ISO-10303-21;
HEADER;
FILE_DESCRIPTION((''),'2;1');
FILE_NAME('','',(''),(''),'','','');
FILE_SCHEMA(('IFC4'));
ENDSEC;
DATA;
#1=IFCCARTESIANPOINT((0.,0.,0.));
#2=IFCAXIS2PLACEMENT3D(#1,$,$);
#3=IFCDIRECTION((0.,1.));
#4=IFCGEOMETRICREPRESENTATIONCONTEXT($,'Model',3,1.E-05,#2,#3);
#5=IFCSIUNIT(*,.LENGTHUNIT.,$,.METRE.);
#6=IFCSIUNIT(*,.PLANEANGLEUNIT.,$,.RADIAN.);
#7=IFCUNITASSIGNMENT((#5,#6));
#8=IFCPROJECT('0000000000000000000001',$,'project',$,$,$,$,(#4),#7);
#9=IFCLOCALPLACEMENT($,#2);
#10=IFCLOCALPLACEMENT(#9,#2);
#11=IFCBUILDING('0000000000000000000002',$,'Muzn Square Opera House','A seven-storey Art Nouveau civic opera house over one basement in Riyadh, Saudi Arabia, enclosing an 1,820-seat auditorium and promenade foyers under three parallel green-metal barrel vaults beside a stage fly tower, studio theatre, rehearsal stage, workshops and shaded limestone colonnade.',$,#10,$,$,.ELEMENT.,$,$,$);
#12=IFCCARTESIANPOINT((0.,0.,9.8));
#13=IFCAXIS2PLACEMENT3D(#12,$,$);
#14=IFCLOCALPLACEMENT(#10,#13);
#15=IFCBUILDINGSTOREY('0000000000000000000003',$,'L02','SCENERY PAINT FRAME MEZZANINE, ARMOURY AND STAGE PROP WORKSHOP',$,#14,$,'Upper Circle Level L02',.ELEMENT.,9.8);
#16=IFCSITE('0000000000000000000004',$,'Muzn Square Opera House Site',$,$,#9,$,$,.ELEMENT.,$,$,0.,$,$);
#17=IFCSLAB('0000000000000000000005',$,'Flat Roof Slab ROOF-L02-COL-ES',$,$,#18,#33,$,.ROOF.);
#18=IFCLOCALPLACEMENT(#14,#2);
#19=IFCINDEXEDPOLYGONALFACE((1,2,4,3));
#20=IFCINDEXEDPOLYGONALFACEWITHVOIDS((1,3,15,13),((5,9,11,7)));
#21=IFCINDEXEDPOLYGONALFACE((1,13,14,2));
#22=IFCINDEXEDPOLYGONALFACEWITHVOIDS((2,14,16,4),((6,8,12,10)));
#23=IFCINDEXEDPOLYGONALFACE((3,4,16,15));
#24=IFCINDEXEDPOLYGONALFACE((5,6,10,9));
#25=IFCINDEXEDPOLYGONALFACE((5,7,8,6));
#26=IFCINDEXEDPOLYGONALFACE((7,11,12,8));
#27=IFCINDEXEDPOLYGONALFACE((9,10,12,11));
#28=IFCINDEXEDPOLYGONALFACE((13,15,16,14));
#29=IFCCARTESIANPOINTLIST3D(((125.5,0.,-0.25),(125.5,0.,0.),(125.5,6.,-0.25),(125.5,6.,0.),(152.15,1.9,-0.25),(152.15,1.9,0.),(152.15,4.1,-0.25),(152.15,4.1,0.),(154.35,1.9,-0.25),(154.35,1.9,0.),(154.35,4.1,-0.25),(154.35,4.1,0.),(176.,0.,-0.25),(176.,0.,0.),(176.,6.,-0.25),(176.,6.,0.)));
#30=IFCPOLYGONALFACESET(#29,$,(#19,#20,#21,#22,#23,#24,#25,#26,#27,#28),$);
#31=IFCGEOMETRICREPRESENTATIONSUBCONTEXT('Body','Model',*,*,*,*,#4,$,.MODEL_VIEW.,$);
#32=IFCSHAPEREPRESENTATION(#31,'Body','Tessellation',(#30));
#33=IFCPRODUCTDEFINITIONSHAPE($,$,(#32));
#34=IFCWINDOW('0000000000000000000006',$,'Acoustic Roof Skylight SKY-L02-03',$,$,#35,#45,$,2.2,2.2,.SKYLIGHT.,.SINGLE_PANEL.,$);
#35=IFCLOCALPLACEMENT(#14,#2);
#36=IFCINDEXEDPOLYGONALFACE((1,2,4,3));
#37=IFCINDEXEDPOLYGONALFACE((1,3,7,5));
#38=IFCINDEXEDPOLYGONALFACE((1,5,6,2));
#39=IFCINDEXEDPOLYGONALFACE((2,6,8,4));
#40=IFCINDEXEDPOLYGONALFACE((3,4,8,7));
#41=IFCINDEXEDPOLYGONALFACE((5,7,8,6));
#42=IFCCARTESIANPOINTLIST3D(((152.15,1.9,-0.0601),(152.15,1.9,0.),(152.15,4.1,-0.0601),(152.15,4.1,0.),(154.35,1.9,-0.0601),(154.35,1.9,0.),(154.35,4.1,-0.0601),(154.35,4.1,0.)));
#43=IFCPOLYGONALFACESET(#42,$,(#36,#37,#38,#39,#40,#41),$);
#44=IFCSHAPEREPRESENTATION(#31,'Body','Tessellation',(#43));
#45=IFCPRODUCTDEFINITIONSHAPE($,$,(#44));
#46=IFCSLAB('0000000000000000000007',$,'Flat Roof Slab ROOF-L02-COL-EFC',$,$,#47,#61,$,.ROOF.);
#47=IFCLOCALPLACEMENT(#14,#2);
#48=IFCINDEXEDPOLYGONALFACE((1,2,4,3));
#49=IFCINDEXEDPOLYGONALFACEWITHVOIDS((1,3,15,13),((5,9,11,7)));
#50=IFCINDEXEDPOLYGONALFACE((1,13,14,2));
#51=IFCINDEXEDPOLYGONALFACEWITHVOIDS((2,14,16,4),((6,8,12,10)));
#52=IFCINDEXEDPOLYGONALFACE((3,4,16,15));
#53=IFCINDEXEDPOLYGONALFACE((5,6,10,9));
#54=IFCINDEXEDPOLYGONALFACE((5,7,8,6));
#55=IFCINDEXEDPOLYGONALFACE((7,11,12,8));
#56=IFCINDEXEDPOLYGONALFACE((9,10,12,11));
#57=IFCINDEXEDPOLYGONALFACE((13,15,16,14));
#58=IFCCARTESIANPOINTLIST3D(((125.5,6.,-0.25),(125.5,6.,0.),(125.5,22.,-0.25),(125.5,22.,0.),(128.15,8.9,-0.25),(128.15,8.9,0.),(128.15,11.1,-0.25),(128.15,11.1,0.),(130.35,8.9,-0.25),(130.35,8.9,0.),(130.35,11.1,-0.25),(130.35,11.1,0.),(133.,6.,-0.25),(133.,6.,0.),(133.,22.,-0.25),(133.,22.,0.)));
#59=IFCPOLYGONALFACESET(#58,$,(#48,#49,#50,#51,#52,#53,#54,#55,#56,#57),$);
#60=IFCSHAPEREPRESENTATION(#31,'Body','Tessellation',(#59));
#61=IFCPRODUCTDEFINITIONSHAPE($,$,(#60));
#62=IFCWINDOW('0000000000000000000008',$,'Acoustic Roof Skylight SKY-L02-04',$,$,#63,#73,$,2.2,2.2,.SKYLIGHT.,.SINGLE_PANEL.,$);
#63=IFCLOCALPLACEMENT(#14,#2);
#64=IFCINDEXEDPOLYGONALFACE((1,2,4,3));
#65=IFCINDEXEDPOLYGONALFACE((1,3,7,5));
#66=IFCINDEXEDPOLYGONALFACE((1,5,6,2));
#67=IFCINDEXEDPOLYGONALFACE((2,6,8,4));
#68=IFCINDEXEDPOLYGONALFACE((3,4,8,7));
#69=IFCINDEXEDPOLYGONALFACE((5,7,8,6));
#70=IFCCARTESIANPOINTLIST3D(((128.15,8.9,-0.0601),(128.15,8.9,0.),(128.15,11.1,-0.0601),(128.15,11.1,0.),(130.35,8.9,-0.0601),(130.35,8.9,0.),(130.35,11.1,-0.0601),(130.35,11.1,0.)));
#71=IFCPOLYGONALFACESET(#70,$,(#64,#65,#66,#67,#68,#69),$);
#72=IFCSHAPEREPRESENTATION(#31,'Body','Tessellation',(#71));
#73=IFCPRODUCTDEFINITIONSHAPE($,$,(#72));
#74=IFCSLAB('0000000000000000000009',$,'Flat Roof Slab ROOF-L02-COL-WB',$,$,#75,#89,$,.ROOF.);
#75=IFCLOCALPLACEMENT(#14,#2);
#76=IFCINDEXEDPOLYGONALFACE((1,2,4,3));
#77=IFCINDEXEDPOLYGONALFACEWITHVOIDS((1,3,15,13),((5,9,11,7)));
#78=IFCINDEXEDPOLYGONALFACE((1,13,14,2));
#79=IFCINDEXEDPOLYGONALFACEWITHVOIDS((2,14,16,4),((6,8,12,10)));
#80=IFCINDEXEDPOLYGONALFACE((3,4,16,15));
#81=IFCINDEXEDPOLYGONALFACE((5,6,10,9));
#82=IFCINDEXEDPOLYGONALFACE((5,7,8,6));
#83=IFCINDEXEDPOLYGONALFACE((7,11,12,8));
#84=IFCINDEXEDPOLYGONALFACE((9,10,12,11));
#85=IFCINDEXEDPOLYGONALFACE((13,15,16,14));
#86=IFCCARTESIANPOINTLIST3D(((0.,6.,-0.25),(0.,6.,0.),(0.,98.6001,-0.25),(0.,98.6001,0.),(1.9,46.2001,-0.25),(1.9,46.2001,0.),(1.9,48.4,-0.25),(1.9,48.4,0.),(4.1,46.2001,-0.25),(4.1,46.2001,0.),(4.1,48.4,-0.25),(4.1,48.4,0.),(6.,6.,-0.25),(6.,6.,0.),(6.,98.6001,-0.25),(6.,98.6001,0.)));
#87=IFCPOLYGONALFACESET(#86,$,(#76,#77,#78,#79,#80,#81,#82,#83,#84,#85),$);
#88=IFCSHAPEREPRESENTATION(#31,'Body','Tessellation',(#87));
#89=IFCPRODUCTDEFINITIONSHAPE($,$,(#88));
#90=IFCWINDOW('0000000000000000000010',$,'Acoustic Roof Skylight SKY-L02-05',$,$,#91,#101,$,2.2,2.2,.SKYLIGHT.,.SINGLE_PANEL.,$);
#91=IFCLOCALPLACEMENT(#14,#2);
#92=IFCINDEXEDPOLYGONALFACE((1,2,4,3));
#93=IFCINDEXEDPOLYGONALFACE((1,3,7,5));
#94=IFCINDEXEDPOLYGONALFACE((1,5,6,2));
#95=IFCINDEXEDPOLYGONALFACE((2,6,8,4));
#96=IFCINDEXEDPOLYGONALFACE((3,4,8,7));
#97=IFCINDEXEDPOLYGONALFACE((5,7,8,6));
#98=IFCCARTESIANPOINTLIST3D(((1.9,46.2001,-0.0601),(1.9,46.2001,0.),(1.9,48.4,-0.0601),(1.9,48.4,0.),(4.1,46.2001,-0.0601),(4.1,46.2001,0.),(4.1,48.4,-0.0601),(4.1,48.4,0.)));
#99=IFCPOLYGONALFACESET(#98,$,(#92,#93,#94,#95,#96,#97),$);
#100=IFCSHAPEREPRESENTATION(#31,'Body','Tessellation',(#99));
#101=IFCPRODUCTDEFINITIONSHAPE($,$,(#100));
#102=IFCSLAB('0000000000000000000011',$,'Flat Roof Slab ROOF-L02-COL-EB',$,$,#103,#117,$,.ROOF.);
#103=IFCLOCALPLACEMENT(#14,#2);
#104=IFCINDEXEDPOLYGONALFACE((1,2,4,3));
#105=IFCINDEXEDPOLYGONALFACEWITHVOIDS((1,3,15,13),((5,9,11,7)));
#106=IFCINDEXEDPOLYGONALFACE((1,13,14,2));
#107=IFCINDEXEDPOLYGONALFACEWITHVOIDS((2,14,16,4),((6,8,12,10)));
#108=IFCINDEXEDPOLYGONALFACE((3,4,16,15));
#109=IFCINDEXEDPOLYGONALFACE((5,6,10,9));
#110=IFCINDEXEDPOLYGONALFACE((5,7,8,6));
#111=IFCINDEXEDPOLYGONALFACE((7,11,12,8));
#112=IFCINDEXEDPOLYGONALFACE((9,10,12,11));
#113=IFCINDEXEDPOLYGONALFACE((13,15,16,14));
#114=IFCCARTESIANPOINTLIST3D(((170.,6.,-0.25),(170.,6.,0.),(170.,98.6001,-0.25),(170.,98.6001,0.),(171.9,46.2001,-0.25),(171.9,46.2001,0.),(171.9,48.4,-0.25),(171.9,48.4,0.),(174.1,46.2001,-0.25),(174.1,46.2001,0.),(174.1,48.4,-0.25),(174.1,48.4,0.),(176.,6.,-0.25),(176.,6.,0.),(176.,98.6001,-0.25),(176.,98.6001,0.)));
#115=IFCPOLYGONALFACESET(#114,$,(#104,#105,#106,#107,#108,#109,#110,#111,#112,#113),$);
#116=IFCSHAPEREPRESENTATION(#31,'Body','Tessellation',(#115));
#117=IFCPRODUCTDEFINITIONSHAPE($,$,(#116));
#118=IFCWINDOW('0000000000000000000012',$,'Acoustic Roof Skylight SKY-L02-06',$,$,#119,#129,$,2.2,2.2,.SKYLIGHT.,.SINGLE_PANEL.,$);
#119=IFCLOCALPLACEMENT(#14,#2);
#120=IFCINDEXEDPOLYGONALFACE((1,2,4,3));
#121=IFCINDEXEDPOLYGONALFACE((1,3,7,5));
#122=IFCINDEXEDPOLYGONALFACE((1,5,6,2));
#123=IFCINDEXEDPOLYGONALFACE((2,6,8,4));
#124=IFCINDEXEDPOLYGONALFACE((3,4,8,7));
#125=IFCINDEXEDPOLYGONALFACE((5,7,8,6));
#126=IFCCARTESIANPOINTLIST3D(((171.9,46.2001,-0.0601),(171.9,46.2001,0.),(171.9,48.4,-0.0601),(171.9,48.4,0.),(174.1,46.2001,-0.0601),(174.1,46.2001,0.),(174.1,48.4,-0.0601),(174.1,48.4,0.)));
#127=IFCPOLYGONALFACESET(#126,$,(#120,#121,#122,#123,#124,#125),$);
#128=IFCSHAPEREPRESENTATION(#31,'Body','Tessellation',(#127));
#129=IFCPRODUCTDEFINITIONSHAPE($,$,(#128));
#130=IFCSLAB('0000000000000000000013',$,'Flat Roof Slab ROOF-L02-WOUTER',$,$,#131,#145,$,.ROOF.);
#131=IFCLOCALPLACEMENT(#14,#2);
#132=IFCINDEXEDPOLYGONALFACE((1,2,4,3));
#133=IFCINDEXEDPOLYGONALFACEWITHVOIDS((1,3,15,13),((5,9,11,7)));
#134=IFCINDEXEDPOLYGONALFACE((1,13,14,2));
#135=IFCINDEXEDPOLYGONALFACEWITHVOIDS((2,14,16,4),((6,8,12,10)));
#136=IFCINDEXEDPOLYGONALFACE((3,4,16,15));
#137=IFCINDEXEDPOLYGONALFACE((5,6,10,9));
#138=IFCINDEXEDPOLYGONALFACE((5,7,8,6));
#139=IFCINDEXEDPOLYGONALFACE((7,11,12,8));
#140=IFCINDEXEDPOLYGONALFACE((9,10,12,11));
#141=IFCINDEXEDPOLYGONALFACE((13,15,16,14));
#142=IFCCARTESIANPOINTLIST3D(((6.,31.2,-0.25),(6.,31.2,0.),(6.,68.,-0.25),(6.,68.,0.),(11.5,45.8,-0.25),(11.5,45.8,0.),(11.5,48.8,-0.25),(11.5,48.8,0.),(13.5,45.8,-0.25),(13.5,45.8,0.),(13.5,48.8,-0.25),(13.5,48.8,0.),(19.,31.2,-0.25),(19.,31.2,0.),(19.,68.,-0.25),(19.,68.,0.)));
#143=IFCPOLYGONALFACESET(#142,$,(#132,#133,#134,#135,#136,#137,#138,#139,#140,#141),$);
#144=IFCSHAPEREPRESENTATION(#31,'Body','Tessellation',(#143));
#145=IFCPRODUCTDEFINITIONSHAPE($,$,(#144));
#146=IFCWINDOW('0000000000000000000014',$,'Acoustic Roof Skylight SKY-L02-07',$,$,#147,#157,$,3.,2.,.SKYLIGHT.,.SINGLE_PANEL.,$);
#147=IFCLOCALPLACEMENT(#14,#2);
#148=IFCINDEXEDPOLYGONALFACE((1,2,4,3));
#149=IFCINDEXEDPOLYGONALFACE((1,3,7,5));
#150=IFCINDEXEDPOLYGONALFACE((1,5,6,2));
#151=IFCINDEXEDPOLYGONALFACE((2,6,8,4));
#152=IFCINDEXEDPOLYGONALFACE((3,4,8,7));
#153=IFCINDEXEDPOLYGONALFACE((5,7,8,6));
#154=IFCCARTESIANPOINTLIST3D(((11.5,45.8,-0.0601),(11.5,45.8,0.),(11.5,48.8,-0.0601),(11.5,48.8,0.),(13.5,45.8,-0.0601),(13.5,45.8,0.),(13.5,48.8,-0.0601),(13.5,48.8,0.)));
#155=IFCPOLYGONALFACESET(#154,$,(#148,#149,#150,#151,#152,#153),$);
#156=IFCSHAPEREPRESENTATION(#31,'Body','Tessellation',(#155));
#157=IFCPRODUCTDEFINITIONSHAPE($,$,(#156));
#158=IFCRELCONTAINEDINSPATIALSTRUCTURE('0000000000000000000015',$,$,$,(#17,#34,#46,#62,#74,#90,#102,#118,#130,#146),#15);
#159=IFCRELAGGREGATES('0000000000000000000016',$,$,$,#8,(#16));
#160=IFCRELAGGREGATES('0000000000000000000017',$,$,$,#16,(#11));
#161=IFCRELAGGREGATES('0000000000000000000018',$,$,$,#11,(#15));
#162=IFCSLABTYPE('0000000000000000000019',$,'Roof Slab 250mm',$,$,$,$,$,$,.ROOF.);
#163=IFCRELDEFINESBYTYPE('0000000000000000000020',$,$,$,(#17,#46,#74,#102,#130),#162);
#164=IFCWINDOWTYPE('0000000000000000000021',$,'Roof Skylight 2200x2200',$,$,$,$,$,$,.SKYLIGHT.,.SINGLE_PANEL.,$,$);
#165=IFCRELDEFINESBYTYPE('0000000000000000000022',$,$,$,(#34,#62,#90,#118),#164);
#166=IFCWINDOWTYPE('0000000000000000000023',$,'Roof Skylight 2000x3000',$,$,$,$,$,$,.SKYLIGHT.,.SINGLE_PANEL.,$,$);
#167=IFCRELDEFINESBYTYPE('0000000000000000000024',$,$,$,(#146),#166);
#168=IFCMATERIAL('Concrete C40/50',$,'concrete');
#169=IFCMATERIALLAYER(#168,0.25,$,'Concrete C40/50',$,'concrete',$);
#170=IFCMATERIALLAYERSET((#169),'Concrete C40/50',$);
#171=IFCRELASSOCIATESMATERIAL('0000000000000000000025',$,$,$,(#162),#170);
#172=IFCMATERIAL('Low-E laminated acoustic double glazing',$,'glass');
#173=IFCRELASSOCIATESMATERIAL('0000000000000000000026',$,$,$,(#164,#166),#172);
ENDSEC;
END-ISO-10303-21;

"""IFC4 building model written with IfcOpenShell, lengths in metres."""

from ifc_helpers import new_model, si_unit, direction, frame, origin, origin_2d, place, context, subcontext, project, spatial, polyline, rectangle, outline, extrude, material, layer, layer_set, type_object, element, fill, save


model = new_model("IFC4")

# Units and contexts
model_context = context("Model", 3, precision=1e-05, world=origin(), true_north=direction((0.0, 1.0)))
body_context = subcontext(model_context, "Body", "Model", "MODEL_VIEW")
ifc_project = project(units=[si_unit("LENGTHUNIT", "METRE"), si_unit("PLANEANGLEUNIT", "RADIAN")], contexts=[model_context])

# Site, building, storey
site_placement = place(None, origin())
site = spatial("IfcSite", under=ifc_project, at=site_placement, Name="Muzn Square Opera House Site", CompositionType="ELEMENT", RefElevation=0.0)
building_placement = place(site_placement, origin())
building = spatial("IfcBuilding", under=site, at=building_placement, Name="Muzn Square Opera House", Description="A seven-storey Art Nouveau civic opera house over one basement in Riyadh, Saudi Arabia, enclosing an 1,820-seat auditorium and promenade foyers under three parallel green-metal barrel vaults beside a stage fly tower, studio theatre, rehearsal stage, workshops and shaded limestone colonnade.", CompositionType="ELEMENT")
storey_placement = place(building_placement, frame((0.0, 0.0, 9.8)))
storey = spatial("IfcBuildingStorey", under=building, at=storey_placement, Name="L02", Description="SCENERY PAINT FRAME MEZZANINE, ARMOURY AND STAGE PROP WORKSHOP", LongName="Upper Circle Level L02", CompositionType="ELEMENT", Elevation=9.8)

# Shared definitions
ifc_material_1 = material(Name="Concrete C40/50", Category="concrete")

# Slabs, openings, windows
ifc_layer_1 = layer(ifc_material_1, 0.25, Name="Concrete C40/50", Category="concrete")
ifc_layer_set_1 = layer_set([ifc_layer_1], Name="Concrete C40/50")
slab_type_1 = type_object("IfcSlabType", Name="Roof Slab 250mm", PredefinedType="ROOF", material=ifc_layer_set_1)
ifc_material_2 = material(Name="Low-E laminated acoustic double glazing", Category="glass")
window_type_1 = type_object("IfcWindowType", Name="Roof Skylight 2200x2200", PartitioningType="SINGLE_PANEL", PredefinedType="SKYLIGHT", material=ifc_material_2)
slab_1_placement = place(storey_placement, frame((0.0, 0.0, -0.25)))
slab_1 = element("IfcSlab", 1, at=slab_1_placement, inside=storey, type_object=slab_type_1, Name="Flat Roof Slab ROOF-L02-COL-ES", PredefinedType="ROOF", context=body_context, shape_type="SweptSolid", body=[
    extrude(outline(polyline([(125.5, 0.0), (176.0, 0.0), (176.0, 6.0), (125.5, 6.0), (125.5, 0.0)])), origin(), (0.0, 0.0, 1.0), 0.25),
])
opening_1_placement = place(slab_1_placement, frame((153.25, 3.0, -0.01)))
opening_1 = element("IfcOpeningElement", 2, at=opening_1_placement, cuts=slab_1, PredefinedType="OPENING", context=body_context, shape_type="SweptSolid", body=[
    extrude(rectangle(XDim=2.2, YDim=2.2, at=origin_2d()), origin(), (0.0, 0.0, 1.0), 0.27),
])
window_1_placement = place(slab_1_placement, frame((153.25, 3.0, 0.1899)))
window_1 = element("IfcWindow", 3, at=window_1_placement, inside=storey, type_object=window_type_1, Name="Acoustic Roof Skylight SKY-L02-03", OverallHeight=2.2, OverallWidth=2.2, PartitioningType="SINGLE_PANEL", PredefinedType="SKYLIGHT", context=body_context, shape_type="SweptSolid", body=[
    extrude(rectangle(XDim=2.2, YDim=2.2, at=origin_2d()), origin(), (0.0, 0.0, 1.0), 0.0601),
])
fill(opening_1, window_1)
slab_2_placement = place(storey_placement, frame((0.0, 0.0, -0.25)))
slab_2 = element("IfcSlab", 4, at=slab_2_placement, inside=storey, type_object=slab_type_1, Name="Flat Roof Slab ROOF-L02-COL-EFC", PredefinedType="ROOF", context=body_context, shape_type="SweptSolid", body=[
    extrude(outline(polyline([(125.5, 6.0), (133.0, 6.0), (133.0, 22.0), (125.5, 22.0), (125.5, 6.0)])), origin(), (0.0, 0.0, 1.0), 0.25),
])
opening_2_placement = place(slab_2_placement, frame((129.25, 10.0, -0.01)))
opening_2 = element("IfcOpeningElement", 5, at=opening_2_placement, cuts=slab_2, PredefinedType="OPENING", context=body_context, shape_type="SweptSolid", body=[
    extrude(rectangle(XDim=2.2, YDim=2.2, at=origin_2d()), origin(), (0.0, 0.0, 1.0), 0.27),
])
window_2_placement = place(slab_2_placement, frame((129.25, 10.0, 0.1899)))
window_2 = element("IfcWindow", 6, at=window_2_placement, inside=storey, type_object=window_type_1, Name="Acoustic Roof Skylight SKY-L02-04", OverallHeight=2.2, OverallWidth=2.2, PartitioningType="SINGLE_PANEL", PredefinedType="SKYLIGHT", context=body_context, shape_type="SweptSolid", body=[
    extrude(rectangle(XDim=2.2, YDim=2.2, at=origin_2d()), origin(), (0.0, 0.0, 1.0), 0.0601),
])
fill(opening_2, window_2)
slab_3_placement = place(storey_placement, frame((0.0, 0.0, -0.25)))
slab_3 = element("IfcSlab", 7, at=slab_3_placement, inside=storey, type_object=slab_type_1, Name="Flat Roof Slab ROOF-L02-COL-WB", PredefinedType="ROOF", context=body_context, shape_type="SweptSolid", body=[
    extrude(outline(polyline([(0.0, 6.0), (6.0, 6.0), (6.0, 98.6001), (0.0, 98.6001), (0.0, 6.0)])), origin(), (0.0, 0.0, 1.0), 0.25),
])
opening_3_placement = place(slab_3_placement, frame((3.0, 47.3, -0.01)))
opening_3 = element("IfcOpeningElement", 8, at=opening_3_placement, cuts=slab_3, PredefinedType="OPENING", context=body_context, shape_type="SweptSolid", body=[
    extrude(rectangle(XDim=2.2, YDim=2.2, at=origin_2d()), origin(), (0.0, 0.0, 1.0), 0.27),
])
window_3_placement = place(slab_3_placement, frame((3.0, 47.3, 0.1899)))
window_3 = element("IfcWindow", 9, at=window_3_placement, inside=storey, type_object=window_type_1, Name="Acoustic Roof Skylight SKY-L02-05", OverallHeight=2.2, OverallWidth=2.2, PartitioningType="SINGLE_PANEL", PredefinedType="SKYLIGHT", context=body_context, shape_type="SweptSolid", body=[
    extrude(rectangle(XDim=2.2, YDim=2.2, at=origin_2d()), origin(), (0.0, 0.0, 1.0), 0.0601),
])
fill(opening_3, window_3)
slab_4_placement = place(storey_placement, frame((0.0, 0.0, -0.25)))
slab_4 = element("IfcSlab", 10, at=slab_4_placement, inside=storey, type_object=slab_type_1, Name="Flat Roof Slab ROOF-L02-COL-EB", PredefinedType="ROOF", context=body_context, shape_type="SweptSolid", body=[
    extrude(outline(polyline([(170.0, 6.0), (176.0, 6.0), (176.0, 98.6001), (170.0, 98.6001), (170.0, 6.0)])), origin(), (0.0, 0.0, 1.0), 0.25),
])
opening_4_placement = place(slab_4_placement, frame((173.0, 47.3, -0.01)))
opening_4 = element("IfcOpeningElement", 11, at=opening_4_placement, cuts=slab_4, PredefinedType="OPENING", context=body_context, shape_type="SweptSolid", body=[
    extrude(rectangle(XDim=2.2, YDim=2.2, at=origin_2d()), origin(), (0.0, 0.0, 1.0), 0.27),
])
window_4_placement = place(slab_4_placement, frame((173.0, 47.3, 0.1899)))
window_4 = element("IfcWindow", 12, at=window_4_placement, inside=storey, type_object=window_type_1, Name="Acoustic Roof Skylight SKY-L02-06", OverallHeight=2.2, OverallWidth=2.2, PartitioningType="SINGLE_PANEL", PredefinedType="SKYLIGHT", context=body_context, shape_type="SweptSolid", body=[
    extrude(rectangle(XDim=2.2, YDim=2.2, at=origin_2d()), origin(), (0.0, 0.0, 1.0), 0.0601),
])
fill(opening_4, window_4)
slab_5_placement = place(storey_placement, frame((0.0, 0.0, -0.25)))
slab_5 = element("IfcSlab", 13, at=slab_5_placement, inside=storey, type_object=slab_type_1, Name="Flat Roof Slab ROOF-L02-WOUTER", PredefinedType="ROOF", context=body_context, shape_type="SweptSolid", body=[
    extrude(outline(polyline([(6.0, 31.2), (19.0, 31.2), (19.0, 68.0), (6.0, 68.0), (6.0, 31.2)])), origin(), (0.0, 0.0, 1.0), 0.25),
])
opening_5_placement = place(slab_5_placement, frame((12.5, 47.3, -0.01)))
opening_5 = element("IfcOpeningElement", 14, at=opening_5_placement, cuts=slab_5, PredefinedType="OPENING", context=body_context, shape_type="SweptSolid", body=[
    extrude(rectangle(XDim=2.0, YDim=3.0, at=origin_2d()), origin(), (0.0, 0.0, 1.0), 0.27),
])
window_type_2 = type_object("IfcWindowType", Name="Roof Skylight 2000x3000", PartitioningType="SINGLE_PANEL", PredefinedType="SKYLIGHT", material=ifc_material_2)
window_5_placement = place(slab_5_placement, frame((12.5, 47.3, 0.1899)))
window_5 = element("IfcWindow", 15, at=window_5_placement, inside=storey, type_object=window_type_2, Name="Acoustic Roof Skylight SKY-L02-07", OverallHeight=3.0, OverallWidth=2.0, PartitioningType="SINGLE_PANEL", PredefinedType="SKYLIGHT", context=body_context, shape_type="SweptSolid", body=[
    extrude(rectangle(XDim=2.0, YDim=3.0, at=origin_2d()), origin(), (0.0, 0.0, 1.0), 0.0601),
])
fill(opening_5, window_5)

save(model, "model.ifc")
